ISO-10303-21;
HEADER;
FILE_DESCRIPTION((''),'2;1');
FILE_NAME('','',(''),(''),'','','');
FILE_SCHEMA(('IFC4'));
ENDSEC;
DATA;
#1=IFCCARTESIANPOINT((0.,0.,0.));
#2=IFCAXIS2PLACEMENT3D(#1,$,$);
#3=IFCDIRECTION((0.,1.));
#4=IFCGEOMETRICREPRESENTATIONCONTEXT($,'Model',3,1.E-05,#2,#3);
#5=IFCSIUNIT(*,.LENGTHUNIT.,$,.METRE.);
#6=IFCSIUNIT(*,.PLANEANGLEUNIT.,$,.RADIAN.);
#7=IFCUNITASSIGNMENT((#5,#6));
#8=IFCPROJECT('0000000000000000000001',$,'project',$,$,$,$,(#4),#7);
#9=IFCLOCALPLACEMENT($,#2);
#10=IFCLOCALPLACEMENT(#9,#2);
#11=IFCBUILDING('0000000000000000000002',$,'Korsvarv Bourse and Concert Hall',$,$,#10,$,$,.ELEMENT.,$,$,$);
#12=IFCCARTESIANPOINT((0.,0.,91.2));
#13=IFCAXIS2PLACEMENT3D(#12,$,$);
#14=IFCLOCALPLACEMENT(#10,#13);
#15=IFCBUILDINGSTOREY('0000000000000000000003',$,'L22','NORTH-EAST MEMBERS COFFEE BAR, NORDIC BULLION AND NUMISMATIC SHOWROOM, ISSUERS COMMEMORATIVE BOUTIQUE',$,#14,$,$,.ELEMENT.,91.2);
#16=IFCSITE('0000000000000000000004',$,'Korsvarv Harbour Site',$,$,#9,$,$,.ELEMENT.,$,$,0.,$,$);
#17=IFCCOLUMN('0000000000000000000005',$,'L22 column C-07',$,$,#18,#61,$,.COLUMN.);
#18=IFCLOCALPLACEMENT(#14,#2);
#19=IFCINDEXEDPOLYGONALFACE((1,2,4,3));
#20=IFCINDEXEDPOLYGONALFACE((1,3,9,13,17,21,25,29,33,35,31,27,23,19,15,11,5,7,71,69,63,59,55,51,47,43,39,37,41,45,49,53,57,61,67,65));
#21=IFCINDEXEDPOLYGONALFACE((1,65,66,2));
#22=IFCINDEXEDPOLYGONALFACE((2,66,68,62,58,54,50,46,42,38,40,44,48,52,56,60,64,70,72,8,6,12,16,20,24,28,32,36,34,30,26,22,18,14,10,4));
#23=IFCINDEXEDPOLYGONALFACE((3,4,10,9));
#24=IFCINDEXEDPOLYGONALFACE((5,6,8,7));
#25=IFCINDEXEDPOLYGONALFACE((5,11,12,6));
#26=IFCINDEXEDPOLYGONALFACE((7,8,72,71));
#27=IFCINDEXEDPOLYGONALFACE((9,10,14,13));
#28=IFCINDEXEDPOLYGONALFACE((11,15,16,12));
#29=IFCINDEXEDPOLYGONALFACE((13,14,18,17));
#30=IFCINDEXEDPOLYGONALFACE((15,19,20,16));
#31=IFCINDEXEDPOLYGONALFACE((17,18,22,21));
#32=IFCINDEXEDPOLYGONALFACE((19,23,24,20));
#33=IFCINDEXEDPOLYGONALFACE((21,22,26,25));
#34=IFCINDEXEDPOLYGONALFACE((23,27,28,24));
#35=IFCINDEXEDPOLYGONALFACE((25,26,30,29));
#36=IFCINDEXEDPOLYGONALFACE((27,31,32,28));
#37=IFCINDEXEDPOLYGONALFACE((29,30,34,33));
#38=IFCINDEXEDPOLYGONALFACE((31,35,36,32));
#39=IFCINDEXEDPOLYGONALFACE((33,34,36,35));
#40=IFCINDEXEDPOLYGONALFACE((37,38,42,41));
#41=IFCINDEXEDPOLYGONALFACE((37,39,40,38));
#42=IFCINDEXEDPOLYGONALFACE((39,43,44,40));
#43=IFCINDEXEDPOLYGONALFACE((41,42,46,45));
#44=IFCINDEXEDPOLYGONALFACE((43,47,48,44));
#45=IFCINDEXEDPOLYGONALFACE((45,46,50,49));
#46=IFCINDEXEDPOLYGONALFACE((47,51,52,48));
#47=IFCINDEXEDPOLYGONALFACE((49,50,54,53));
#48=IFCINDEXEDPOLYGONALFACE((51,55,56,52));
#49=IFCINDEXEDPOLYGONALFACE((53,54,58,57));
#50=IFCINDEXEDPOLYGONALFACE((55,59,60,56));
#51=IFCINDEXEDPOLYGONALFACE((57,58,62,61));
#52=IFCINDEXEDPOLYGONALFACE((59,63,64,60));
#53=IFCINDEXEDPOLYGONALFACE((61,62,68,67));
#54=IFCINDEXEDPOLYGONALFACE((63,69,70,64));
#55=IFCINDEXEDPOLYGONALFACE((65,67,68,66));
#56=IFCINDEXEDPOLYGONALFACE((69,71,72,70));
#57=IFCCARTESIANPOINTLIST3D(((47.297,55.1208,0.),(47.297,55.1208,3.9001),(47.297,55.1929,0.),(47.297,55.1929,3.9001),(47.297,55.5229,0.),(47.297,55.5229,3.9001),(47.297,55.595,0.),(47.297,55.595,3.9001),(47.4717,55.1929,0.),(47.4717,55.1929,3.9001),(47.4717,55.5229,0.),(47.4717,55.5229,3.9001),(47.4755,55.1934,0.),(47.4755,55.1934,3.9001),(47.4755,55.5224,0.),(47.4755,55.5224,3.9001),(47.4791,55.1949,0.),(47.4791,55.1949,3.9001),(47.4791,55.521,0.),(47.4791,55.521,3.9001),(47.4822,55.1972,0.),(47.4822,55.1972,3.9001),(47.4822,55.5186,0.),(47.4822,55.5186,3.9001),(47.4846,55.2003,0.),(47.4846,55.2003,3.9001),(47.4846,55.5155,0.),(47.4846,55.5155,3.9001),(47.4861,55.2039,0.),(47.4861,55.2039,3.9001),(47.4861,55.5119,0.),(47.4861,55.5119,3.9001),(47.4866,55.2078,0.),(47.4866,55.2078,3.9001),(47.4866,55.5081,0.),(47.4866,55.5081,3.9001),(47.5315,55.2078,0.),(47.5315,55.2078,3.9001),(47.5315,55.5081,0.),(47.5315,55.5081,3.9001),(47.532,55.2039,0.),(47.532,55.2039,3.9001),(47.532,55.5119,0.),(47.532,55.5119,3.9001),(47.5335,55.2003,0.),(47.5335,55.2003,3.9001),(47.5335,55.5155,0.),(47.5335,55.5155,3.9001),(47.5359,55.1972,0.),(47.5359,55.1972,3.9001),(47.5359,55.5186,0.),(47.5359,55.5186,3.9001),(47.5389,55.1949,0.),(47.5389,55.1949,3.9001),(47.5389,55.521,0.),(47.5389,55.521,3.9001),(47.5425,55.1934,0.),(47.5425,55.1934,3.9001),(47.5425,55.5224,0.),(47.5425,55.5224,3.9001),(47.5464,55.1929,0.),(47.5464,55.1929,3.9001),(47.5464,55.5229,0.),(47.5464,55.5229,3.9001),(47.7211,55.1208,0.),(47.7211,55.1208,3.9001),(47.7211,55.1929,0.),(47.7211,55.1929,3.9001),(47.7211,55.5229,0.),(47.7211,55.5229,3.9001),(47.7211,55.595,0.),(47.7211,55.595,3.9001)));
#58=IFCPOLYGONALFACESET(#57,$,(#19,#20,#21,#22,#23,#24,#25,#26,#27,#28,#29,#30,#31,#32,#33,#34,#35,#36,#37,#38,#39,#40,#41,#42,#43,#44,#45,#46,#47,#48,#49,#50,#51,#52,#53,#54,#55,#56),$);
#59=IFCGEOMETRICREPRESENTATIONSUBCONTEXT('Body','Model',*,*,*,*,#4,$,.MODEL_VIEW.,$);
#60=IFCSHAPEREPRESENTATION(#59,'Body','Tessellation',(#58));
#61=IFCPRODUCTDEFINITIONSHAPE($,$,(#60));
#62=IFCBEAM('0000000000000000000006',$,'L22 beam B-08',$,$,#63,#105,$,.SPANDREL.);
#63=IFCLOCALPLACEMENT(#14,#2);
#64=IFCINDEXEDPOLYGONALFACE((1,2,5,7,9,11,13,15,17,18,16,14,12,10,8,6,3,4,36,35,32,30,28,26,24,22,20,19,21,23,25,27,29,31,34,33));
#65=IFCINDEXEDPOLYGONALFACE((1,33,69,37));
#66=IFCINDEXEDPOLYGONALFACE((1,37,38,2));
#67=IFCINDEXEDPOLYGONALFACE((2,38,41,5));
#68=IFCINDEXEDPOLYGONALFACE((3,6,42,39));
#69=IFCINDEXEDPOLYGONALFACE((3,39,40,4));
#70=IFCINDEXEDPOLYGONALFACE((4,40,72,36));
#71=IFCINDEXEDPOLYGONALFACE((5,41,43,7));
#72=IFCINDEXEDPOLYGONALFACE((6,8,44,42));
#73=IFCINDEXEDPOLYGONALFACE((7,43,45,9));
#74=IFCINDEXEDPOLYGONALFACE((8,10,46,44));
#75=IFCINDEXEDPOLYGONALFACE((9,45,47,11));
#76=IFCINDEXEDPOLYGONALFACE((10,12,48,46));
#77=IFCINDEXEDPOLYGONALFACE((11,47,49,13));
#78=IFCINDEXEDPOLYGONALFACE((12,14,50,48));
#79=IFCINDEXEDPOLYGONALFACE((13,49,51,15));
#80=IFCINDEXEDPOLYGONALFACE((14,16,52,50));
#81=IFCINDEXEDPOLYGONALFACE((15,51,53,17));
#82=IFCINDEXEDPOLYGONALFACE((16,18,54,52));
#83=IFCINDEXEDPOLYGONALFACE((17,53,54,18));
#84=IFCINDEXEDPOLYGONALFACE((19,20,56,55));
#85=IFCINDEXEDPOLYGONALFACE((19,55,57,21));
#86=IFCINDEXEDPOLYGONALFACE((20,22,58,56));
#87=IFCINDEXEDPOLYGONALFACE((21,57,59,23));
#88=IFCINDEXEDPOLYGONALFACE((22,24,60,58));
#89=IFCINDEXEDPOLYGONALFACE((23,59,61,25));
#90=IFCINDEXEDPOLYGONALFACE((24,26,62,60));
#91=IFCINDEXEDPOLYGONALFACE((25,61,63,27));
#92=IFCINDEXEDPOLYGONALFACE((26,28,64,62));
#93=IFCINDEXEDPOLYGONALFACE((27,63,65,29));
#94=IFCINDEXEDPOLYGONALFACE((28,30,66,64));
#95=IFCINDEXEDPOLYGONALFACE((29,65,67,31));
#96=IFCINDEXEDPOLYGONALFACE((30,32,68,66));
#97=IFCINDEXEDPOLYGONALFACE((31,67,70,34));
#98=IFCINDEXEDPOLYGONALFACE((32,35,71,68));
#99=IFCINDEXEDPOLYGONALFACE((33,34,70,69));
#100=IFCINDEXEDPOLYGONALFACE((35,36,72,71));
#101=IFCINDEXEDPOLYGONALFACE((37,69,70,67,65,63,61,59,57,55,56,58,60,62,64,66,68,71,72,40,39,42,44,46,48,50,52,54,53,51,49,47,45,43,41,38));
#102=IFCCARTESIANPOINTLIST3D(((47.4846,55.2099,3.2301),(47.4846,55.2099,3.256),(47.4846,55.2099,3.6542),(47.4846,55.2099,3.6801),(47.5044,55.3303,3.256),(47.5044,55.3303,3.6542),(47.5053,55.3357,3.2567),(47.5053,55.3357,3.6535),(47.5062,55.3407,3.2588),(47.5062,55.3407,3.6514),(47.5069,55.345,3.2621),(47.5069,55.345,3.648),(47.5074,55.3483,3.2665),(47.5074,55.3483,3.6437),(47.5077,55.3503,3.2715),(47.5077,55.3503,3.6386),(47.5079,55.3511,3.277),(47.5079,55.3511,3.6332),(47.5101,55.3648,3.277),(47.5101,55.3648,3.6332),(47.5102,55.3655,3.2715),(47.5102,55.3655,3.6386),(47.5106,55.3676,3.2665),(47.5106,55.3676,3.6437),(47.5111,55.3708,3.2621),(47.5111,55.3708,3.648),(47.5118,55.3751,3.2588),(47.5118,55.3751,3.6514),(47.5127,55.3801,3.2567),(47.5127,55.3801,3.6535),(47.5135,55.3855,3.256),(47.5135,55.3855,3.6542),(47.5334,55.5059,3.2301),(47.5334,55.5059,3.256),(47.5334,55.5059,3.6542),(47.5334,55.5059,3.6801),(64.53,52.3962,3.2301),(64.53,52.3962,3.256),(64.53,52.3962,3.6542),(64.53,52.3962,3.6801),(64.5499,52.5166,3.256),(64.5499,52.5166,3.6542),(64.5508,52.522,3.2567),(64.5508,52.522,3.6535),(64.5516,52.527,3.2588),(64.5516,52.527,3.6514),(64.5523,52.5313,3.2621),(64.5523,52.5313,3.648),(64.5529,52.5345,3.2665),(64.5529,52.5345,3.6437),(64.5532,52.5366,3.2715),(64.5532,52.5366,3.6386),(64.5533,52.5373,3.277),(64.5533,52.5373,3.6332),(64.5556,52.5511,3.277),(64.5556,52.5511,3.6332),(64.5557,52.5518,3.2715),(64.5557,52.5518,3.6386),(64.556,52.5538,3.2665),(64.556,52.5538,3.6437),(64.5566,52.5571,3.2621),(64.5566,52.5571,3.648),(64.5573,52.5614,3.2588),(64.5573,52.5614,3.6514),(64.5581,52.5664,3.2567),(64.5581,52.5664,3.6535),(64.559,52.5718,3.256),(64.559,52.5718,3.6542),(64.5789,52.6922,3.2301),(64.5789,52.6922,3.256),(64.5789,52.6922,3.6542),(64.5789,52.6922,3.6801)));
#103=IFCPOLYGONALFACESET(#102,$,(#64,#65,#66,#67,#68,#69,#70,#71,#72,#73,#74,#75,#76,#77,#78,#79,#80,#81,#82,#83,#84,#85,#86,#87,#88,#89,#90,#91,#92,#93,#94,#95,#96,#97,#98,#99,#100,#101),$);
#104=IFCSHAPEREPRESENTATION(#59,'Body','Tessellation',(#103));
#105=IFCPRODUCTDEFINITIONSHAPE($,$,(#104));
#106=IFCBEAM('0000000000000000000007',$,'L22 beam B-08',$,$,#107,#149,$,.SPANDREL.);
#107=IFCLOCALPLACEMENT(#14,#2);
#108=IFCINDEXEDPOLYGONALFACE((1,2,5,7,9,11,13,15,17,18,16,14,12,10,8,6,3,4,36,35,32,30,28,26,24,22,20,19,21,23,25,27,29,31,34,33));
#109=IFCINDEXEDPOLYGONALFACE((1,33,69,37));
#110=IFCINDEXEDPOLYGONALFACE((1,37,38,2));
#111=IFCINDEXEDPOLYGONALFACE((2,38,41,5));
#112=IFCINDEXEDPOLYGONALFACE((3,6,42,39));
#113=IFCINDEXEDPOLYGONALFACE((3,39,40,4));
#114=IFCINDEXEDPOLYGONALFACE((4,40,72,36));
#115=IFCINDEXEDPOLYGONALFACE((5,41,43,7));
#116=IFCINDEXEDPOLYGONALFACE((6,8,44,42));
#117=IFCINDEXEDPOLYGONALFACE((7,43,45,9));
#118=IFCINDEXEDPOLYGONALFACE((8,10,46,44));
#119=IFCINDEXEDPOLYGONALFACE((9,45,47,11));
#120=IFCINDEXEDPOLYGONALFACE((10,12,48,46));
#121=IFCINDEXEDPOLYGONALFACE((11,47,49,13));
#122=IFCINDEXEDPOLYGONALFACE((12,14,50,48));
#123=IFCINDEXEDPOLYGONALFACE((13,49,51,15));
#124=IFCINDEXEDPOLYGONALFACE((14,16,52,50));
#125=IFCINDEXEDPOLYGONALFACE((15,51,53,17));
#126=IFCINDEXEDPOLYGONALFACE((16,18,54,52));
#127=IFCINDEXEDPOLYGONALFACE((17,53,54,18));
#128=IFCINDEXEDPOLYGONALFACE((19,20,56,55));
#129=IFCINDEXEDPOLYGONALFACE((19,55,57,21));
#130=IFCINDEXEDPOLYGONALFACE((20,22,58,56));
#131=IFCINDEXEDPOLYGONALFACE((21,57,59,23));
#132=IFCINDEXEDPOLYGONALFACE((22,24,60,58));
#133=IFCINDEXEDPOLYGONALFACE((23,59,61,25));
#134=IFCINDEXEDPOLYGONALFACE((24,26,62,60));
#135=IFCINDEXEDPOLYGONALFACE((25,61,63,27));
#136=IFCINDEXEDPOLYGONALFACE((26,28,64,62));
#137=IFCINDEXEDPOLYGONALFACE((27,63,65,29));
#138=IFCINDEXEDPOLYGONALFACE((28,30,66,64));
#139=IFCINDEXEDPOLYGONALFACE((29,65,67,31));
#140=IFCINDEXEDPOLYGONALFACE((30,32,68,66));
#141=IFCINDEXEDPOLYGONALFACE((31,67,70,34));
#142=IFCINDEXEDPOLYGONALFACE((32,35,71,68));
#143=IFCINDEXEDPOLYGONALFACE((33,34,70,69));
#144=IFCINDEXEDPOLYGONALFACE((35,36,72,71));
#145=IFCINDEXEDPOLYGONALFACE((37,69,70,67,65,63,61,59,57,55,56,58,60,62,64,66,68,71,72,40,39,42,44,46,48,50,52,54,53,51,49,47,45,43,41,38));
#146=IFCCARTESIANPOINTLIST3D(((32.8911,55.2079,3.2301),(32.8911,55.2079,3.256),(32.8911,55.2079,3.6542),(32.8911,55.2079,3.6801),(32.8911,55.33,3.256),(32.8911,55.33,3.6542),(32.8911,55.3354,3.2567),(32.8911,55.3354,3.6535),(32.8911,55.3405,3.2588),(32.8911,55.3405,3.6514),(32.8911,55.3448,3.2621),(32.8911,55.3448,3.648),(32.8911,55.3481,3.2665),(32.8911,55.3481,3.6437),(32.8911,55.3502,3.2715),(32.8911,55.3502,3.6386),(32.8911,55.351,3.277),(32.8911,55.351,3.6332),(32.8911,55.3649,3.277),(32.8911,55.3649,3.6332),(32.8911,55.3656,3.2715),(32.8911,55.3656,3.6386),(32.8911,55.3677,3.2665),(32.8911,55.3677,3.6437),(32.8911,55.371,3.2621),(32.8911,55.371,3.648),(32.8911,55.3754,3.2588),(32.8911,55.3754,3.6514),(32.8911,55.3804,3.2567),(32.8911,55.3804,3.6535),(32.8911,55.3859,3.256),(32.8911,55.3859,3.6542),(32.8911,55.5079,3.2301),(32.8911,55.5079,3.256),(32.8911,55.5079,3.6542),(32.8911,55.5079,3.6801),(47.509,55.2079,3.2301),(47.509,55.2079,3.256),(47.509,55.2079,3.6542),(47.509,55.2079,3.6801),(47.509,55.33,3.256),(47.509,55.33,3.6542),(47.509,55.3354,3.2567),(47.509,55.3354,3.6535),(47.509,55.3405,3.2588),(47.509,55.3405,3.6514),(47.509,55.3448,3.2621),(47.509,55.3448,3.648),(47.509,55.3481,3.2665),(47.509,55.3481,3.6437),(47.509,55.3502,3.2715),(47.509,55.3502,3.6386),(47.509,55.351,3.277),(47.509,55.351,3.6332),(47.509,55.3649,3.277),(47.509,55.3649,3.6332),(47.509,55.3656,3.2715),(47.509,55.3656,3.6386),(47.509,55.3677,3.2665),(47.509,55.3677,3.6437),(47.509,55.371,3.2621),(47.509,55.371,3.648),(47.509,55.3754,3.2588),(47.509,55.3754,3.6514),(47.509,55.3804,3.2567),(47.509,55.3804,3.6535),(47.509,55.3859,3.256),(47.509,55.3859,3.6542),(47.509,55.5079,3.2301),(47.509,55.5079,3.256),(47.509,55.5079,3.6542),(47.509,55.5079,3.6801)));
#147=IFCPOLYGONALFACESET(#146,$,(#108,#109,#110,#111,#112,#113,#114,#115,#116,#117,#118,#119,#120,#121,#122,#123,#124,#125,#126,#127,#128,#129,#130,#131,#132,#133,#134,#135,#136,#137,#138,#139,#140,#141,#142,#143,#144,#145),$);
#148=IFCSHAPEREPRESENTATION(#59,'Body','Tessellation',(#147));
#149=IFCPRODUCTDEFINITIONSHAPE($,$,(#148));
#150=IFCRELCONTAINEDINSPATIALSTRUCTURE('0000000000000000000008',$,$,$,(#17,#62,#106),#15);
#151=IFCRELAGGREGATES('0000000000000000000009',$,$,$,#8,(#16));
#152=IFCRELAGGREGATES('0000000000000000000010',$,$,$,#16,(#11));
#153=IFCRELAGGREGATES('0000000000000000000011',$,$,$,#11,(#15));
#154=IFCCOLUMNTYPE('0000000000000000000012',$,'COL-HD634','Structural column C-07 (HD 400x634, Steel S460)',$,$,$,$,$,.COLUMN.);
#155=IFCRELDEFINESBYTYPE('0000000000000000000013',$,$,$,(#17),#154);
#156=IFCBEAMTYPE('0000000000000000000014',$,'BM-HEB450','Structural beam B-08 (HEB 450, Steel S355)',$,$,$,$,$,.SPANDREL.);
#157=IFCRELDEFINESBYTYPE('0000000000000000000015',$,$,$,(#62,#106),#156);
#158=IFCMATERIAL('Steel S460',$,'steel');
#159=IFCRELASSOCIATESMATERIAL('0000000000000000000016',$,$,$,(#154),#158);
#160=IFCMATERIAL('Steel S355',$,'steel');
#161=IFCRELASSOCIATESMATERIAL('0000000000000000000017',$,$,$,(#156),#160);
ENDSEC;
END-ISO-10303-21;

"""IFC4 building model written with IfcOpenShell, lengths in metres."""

from ifc_helpers import new_model, si_unit, direction, frame, origin, origin_2d, place, context, subcontext, project, spatial, i_section, extrude, source, transform, mapped, material, material_profile, profile_set, type_object, element, save


model = new_model("IFC4")

# Units and contexts
model_context = context("Model", 3, precision=1e-05, world=origin(), true_north=direction((0.0, 1.0)))
body_context = subcontext(model_context, "Body", "Model", "MODEL_VIEW")
ifc_project = project(units=[si_unit("LENGTHUNIT", "METRE"), si_unit("PLANEANGLEUNIT", "RADIAN")], contexts=[model_context])

# Site, building, storey
site_placement = place(None, origin())
site = spatial("IfcSite", under=ifc_project, at=site_placement, Name="Korsvarv Harbour Site", CompositionType="ELEMENT", RefElevation=0.0)
building_placement = place(site_placement, origin())
building = spatial("IfcBuilding", under=site, at=building_placement, Name="Korsvarv Bourse and Concert Hall", CompositionType="ELEMENT")
storey_placement = place(building_placement, frame((0.0, 0.0, 91.2)))
storey = spatial("IfcBuildingStorey", under=building, at=storey_placement, Name="L22", Description="NORTH-EAST MEMBERS COFFEE BAR, NORDIC BULLION AND NUMISMATIC SHOWROOM, ISSUERS COMMEMORATIVE BOUTIQUE", CompositionType="ELEMENT", Elevation=91.2)

# Column
ifc_material_1 = material(Name="Steel S460", Category="steel")
ifc_material_profile_1 = material_profile(ifc_material_1, i_section(OverallWidth=0.4241, OverallDepth=0.4741, WebThickness=0.0449, FlangeThickness=0.072, FilletRadius=0.0149, at=origin_2d()), Name="HD 400x634")
ifc_profile_set_1 = profile_set([ifc_material_profile_1], Name="Steel S460")
column_type = type_object("IfcColumnType", Name="COL-HD634", Description="Structural column C-07 (HD 400x634, Steel S460)", PredefinedType="COLUMN", material=ifc_profile_set_1)
shared_shape_1 = source(origin(), body_context, "Body", "SweptSolid", [
    extrude(i_section(OverallWidth=0.4241, OverallDepth=0.4741, WebThickness=0.0449, FlangeThickness=0.072, FilletRadius=0.0149, at=origin_2d()), origin(), (0.0, 0.0, 1.0), 3.9001),
])
column_placement = place(storey_placement, frame((47.509, 55.3579, 0.0), z_axis=(0.0, 0.0, 1.0), x_axis=(1.0, 0.0, 0.0)))
element("IfcColumn", 1, at=column_placement, inside=storey, type_object=column_type, Name="L22 column C-07", PredefinedType="COLUMN", context=body_context, shape_type="MappedRepresentation", body=[
    mapped(shared_shape_1, transform((0.0, 0.0, 0.0), scale=1.0)),
])

# Beams
ifc_material_2 = material(Name="Steel S355", Category="steel")
ifc_material_profile_2 = material_profile(ifc_material_2, i_section(OverallWidth=0.3, OverallDepth=0.45, WebThickness=0.0139, FlangeThickness=0.0259, FilletRadius=0.021, at=origin_2d()), Name="HEB 450")
ifc_profile_set_2 = profile_set([ifc_material_profile_2], Name="Steel S355")
beam_type_1 = type_object("IfcBeamType", Name="BM-HEB450", Description="Structural beam B-08 (HEB 450, Steel S355)", PredefinedType="SPANDREL", material=ifc_profile_set_2)
shared_shape_2 = source(origin(), body_context, "Body", "SweptSolid", [
    extrude(i_section(OverallWidth=0.3, OverallDepth=0.45, WebThickness=0.0139, FlangeThickness=0.0259, FilletRadius=0.021, at=origin_2d()), origin(), (0.0, 0.0, 1.0), 17.2761),
])
beam_1_placement = place(storey_placement, frame((64.5544, 52.5442, 3.4551), z_axis=(-0.986648, 0.162868, 0.0), x_axis=(-0.162868, -0.986648, 0.0)))
element("IfcBeam", 2, at=beam_1_placement, inside=storey, type_object=beam_type_1, Name="L22 beam B-08", PredefinedType="SPANDREL", context=body_context, shape_type="MappedRepresentation", body=[
    mapped(shared_shape_2, transform((0.0, 0.0, 0.0), scale=1.0)),
])
shared_shape_3 = source(origin(), body_context, "Body", "SweptSolid", [
    extrude(i_section(OverallWidth=0.3, OverallDepth=0.45, WebThickness=0.0139, FlangeThickness=0.0259, FilletRadius=0.021, at=origin_2d()), origin(), (0.0, 0.0, 1.0), 14.6179),
])
beam_2_placement = place(storey_placement, frame((47.509, 55.3579, 3.4551), z_axis=(-1.0, 0.0, 0.0), x_axis=(0.0, -1.0, 0.0)))
element("IfcBeam", 3, at=beam_2_placement, inside=storey, type_object=beam_type_1, Name="L22 beam B-08", PredefinedType="SPANDREL", context=body_context, shape_type="MappedRepresentation", body=[
    mapped(shared_shape_3, transform((0.0, 0.0, 0.0), scale=1.0)),
])

save(model, "model.ifc")
